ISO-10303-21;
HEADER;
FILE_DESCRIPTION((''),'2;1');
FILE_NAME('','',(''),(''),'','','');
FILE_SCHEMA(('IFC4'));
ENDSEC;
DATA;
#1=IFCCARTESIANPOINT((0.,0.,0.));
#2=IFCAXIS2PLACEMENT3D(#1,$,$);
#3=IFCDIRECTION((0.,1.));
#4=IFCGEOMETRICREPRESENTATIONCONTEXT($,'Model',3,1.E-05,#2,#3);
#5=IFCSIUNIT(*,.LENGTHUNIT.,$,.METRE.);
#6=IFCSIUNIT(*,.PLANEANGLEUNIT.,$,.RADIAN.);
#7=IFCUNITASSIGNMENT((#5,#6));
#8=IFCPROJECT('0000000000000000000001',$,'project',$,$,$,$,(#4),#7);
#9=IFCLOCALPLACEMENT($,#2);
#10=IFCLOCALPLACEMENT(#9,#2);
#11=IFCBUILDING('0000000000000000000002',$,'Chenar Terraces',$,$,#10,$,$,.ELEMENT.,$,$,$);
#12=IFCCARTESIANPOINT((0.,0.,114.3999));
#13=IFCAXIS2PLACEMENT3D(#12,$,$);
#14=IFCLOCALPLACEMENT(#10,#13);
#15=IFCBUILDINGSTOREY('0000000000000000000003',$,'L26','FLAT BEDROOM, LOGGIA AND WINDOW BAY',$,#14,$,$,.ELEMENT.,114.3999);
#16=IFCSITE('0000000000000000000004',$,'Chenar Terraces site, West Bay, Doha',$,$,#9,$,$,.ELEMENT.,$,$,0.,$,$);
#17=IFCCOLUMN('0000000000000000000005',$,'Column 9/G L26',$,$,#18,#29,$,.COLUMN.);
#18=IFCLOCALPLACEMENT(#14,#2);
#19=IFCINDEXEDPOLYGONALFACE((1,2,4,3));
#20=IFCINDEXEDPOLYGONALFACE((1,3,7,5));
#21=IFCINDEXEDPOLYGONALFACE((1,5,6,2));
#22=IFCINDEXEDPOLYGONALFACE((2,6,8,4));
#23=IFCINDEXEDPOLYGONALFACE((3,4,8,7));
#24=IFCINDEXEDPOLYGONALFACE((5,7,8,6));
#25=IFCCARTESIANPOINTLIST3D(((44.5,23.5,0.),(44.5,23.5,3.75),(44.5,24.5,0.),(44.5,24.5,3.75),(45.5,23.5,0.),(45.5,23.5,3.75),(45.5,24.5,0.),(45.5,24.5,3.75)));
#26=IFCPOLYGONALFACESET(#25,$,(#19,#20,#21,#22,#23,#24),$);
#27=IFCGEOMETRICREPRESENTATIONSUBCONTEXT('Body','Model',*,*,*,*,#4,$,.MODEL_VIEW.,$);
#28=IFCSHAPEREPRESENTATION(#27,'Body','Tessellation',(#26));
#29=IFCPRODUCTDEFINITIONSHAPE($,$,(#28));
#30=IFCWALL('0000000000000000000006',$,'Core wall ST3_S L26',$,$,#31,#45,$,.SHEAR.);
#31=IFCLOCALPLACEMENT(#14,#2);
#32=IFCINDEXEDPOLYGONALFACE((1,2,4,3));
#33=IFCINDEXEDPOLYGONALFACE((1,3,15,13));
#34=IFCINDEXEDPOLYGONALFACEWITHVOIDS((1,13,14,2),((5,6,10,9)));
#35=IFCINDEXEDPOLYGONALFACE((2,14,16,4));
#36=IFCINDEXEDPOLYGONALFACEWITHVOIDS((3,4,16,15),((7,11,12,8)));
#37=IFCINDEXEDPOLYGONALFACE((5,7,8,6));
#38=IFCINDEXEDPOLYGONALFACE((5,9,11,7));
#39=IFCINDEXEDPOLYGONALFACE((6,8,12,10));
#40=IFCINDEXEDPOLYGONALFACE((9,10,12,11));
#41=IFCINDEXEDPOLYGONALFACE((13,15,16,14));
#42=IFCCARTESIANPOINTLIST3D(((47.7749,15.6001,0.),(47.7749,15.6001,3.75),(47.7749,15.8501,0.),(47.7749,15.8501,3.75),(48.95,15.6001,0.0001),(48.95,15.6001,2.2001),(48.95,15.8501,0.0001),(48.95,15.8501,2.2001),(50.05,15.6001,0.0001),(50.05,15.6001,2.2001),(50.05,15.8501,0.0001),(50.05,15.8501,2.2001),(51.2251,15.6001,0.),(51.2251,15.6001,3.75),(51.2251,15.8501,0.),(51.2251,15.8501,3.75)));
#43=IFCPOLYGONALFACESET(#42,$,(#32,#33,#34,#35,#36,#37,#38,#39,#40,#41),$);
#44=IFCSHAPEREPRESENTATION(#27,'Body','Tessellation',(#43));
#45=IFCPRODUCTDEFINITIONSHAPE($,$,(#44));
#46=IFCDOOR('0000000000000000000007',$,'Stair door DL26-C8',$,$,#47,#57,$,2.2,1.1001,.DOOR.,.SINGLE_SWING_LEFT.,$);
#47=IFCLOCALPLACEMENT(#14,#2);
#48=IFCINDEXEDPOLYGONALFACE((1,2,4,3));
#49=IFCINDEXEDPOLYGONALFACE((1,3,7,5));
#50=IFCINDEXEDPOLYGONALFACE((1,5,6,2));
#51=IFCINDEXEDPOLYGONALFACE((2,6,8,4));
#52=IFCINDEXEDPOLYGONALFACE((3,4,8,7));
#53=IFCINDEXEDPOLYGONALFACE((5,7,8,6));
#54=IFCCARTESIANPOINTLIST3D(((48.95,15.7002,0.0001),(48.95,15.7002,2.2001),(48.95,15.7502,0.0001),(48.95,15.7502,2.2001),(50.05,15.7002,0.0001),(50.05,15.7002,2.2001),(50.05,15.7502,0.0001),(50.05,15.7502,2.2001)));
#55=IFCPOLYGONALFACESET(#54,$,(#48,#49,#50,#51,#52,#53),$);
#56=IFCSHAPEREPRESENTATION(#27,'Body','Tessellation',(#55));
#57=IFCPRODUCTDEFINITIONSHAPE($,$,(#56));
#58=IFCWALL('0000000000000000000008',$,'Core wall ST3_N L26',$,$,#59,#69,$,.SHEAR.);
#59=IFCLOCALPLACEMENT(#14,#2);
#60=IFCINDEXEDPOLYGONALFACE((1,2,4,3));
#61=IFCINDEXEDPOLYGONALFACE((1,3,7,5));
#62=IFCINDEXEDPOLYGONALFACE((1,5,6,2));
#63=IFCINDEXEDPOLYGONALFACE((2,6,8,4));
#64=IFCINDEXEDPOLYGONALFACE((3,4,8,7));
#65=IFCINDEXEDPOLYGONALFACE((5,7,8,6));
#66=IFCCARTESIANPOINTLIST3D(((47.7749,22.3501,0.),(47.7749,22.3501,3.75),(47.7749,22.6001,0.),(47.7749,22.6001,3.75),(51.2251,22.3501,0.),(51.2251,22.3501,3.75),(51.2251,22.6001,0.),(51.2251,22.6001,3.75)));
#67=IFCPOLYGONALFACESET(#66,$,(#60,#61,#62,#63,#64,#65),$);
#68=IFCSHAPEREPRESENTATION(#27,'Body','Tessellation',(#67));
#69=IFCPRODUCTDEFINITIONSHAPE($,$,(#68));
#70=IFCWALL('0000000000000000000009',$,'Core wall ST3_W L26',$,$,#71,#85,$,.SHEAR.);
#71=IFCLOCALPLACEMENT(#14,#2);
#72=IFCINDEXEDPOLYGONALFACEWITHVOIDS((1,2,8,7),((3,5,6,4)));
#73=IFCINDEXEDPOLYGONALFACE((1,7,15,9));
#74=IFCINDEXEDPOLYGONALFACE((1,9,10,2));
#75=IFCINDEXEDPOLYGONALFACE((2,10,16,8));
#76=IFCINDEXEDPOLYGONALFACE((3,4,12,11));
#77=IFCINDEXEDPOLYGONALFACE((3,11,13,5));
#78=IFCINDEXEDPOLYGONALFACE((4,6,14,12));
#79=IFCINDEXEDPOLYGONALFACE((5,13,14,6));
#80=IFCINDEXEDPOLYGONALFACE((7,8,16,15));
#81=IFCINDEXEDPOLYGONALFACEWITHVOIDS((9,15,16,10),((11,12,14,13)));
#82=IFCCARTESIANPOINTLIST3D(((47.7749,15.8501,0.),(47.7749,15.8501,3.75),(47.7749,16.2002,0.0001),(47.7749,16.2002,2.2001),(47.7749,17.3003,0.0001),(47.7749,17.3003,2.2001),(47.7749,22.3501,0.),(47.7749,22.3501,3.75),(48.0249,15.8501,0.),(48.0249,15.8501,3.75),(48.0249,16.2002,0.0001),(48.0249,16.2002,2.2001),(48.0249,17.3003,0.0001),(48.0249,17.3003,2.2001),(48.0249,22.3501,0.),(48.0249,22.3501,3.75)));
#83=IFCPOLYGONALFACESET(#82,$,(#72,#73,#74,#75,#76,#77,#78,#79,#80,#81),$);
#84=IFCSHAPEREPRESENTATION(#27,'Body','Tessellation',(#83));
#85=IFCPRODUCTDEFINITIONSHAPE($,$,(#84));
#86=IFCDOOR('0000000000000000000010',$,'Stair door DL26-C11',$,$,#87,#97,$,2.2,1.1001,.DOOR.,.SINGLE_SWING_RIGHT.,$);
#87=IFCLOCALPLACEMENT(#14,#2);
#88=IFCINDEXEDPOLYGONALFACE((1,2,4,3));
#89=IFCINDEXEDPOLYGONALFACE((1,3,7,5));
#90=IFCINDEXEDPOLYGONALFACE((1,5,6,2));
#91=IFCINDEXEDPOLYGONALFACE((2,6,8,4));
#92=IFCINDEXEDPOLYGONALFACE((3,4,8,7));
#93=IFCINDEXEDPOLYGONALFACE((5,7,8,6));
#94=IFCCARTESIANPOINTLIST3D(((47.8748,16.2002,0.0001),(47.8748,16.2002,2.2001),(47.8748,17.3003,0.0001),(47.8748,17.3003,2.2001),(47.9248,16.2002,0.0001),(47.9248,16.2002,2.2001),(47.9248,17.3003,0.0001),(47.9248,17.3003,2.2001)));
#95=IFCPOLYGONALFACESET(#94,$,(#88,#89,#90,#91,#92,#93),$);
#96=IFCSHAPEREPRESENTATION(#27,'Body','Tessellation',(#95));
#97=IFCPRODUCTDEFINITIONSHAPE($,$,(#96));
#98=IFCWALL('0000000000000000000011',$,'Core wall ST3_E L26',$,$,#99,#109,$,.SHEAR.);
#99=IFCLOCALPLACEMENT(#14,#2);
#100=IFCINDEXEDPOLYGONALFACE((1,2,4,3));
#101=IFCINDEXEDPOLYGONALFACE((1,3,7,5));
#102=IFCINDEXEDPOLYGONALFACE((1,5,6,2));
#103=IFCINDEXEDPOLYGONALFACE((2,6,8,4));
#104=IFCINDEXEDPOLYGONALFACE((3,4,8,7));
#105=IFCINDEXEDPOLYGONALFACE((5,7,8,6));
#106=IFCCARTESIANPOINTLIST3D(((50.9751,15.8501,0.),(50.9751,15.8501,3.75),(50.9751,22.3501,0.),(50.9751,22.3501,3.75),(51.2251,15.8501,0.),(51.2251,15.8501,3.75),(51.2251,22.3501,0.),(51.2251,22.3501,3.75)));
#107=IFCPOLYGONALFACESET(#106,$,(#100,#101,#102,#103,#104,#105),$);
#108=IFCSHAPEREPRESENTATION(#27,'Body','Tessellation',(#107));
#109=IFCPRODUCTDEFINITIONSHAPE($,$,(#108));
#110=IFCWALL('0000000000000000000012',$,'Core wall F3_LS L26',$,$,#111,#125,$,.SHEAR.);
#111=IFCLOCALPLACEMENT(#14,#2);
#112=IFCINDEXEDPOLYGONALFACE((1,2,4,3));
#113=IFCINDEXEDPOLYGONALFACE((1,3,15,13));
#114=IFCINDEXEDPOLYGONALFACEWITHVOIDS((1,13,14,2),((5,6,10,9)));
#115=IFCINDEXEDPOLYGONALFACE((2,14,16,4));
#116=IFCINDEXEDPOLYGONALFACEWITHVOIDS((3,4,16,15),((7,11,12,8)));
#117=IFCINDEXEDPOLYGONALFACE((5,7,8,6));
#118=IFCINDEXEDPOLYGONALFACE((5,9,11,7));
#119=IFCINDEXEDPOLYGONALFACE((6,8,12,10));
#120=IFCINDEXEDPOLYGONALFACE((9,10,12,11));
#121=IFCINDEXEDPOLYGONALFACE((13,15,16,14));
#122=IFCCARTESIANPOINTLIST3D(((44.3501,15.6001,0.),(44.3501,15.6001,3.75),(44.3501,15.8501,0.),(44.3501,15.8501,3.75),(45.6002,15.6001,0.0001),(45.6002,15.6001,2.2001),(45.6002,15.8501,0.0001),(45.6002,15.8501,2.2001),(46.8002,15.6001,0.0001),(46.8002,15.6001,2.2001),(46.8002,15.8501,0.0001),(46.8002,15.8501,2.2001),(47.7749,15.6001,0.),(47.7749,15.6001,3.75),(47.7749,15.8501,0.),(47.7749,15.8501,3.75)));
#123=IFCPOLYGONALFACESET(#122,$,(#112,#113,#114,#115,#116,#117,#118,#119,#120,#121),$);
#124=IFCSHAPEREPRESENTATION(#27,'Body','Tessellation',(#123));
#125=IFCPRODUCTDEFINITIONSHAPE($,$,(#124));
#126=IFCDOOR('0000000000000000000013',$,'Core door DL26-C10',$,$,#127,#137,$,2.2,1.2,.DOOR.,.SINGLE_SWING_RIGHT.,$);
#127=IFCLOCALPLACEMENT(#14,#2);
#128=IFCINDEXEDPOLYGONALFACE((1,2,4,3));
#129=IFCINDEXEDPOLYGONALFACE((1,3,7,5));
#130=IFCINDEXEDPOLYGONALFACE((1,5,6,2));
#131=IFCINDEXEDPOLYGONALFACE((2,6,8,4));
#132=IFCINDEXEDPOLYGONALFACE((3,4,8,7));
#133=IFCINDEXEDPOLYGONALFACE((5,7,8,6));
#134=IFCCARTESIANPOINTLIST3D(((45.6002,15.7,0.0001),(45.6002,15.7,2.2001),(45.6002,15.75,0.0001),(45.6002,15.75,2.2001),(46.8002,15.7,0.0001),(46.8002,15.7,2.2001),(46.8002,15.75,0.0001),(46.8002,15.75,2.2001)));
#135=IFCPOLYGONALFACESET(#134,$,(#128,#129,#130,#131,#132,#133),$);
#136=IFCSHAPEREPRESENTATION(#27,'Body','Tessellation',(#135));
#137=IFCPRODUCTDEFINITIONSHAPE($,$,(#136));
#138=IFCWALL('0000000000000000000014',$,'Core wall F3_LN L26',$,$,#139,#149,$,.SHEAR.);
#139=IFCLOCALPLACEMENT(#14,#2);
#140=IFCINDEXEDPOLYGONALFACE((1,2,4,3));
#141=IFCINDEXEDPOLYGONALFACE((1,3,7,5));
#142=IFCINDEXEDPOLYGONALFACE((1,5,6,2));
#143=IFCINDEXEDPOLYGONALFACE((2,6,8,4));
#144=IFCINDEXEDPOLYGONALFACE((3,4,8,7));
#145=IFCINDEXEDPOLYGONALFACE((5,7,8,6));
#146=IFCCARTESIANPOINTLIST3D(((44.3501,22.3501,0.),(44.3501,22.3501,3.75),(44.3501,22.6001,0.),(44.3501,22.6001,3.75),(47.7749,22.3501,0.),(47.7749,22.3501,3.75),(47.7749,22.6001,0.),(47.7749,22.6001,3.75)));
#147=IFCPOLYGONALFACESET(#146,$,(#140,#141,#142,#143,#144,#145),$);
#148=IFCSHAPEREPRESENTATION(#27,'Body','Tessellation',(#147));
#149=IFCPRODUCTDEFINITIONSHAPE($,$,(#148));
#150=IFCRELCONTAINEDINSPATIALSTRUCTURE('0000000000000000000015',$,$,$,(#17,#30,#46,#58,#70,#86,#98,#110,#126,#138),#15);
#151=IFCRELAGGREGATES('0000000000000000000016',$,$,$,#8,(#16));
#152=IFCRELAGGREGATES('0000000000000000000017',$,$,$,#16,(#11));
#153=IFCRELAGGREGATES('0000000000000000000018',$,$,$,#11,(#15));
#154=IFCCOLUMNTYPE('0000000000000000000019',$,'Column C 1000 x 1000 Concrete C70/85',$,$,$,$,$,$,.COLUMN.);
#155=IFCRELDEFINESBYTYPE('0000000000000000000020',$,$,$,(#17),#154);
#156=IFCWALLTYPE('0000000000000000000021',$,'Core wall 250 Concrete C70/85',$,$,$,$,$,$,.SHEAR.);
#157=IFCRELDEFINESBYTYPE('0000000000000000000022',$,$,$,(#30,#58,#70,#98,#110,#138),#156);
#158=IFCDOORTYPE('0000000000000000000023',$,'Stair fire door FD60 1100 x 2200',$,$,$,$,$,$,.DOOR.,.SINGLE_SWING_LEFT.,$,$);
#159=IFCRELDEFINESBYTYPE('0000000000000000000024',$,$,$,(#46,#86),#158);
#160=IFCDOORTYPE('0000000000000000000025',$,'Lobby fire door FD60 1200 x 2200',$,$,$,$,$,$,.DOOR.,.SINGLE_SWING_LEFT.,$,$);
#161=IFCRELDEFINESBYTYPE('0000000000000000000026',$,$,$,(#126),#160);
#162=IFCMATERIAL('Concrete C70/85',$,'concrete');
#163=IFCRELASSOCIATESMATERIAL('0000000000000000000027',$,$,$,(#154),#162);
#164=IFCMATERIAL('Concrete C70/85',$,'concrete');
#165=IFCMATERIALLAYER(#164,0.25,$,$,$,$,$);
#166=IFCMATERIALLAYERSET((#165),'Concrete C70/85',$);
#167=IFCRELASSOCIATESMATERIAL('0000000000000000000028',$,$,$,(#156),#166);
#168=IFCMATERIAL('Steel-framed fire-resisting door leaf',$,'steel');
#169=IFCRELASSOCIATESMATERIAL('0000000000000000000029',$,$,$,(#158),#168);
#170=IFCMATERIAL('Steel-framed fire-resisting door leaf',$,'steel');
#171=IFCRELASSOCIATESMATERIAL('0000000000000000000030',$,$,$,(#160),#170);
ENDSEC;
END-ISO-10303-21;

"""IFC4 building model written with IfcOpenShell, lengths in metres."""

from ifc_helpers import new_model, si_unit, direction, frame, frame_2d, origin, origin_2d, place, context, subcontext, project, spatial, rectangle, extrude, material, layer, layer_set, material_profile, profile_set, type_object, element, fill, save


model = new_model("IFC4")

# Units and contexts
model_context = context("Model", 3, precision=1e-05, world=origin(), true_north=direction((0.0, 1.0)))
body_context = subcontext(model_context, "Body", "Model", "MODEL_VIEW")
ifc_project = project(units=[si_unit("LENGTHUNIT", "METRE"), si_unit("PLANEANGLEUNIT", "RADIAN")], contexts=[model_context])

# Site, building, storey
site_placement = place(None, origin())
site = spatial("IfcSite", under=ifc_project, at=site_placement, Name="Chenar Terraces site, West Bay, Doha", CompositionType="ELEMENT", RefElevation=0.0)
building_placement = place(site_placement, origin())
building = spatial("IfcBuilding", under=site, at=building_placement, Name="Chenar Terraces", CompositionType="ELEMENT")
storey_placement = place(building_placement, frame((0.0, 0.0, 114.3999)))
storey = spatial("IfcBuildingStorey", under=building, at=storey_placement, Name="L26", Description="FLAT BEDROOM, LOGGIA AND WINDOW BAY", CompositionType="ELEMENT", Elevation=114.3999)

# Column
ifc_material_1 = material(Name="Concrete C70/85", Category="concrete")
ifc_material_profile_1 = material_profile(ifc_material_1, rectangle(XDim=1.0, YDim=1.0, at=origin_2d()), Name="C 1000 x 1000")
ifc_profile_set_1 = profile_set([ifc_material_profile_1], Name="Concrete C70/85")
column_type = type_object("IfcColumnType", Name="Column C 1000 x 1000 Concrete C70/85", PredefinedType="COLUMN", material=ifc_profile_set_1)
column_placement = place(storey_placement, frame((45.0, 24.0, 0.0), z_axis=(0.0, 0.0, 1.0), x_axis=(1.0, 0.0, 0.0)))
element("IfcColumn", 1, at=column_placement, inside=storey, type_object=column_type, Name="Column 9/G L26", PredefinedType="COLUMN", context=body_context, shape_type="SweptSolid", body=[
    extrude(rectangle(XDim=1.0, YDim=1.0, at=origin_2d()), origin(), (0.0, 0.0, 1.0), 3.75),
])

# Wall, opening, door
ifc_material_2 = material(Name="Concrete C70/85", Category="concrete")
ifc_layer_1 = layer(ifc_material_2, 0.25)
ifc_layer_set_1 = layer_set([ifc_layer_1], Name="Concrete C70/85")
wall_type_1 = type_object("IfcWallType", Name="Core wall 250 Concrete C70/85", PredefinedType="SHEAR", material=ifc_layer_set_1)
wall_1_placement = place(storey_placement, frame((47.7749, 15.7251, 0.0), z_axis=(0.0, 0.0, 1.0), x_axis=(1.0, 0.0, 0.0)))
wall_1 = element("IfcWall", 2, at=wall_1_placement, inside=storey, type_object=wall_type_1, Name="Core wall ST3_S L26", PredefinedType="SHEAR", context=body_context, shape_type="SweptSolid", body=[
    extrude(rectangle(XDim=3.4502, YDim=0.25, at=frame_2d((1.7251, 0.0))), origin(), (0.0, 0.0, 1.0), 3.75),
])
opening_1_placement = place(wall_1_placement, frame((1.175, 0.0, 0.0)))
opening_1 = element("IfcOpeningElement", 3, at=opening_1_placement, cuts=wall_1, PredefinedType="OPENING", context=body_context, shape_type="SweptSolid", body=[
    extrude(rectangle(XDim=1.1001, YDim=2.2, at=frame_2d((0.55, 1.1001))), frame((0.0, 0.135, 0.0), z_axis=(0.0, -1.0, 0.0), x_axis=(1.0, 0.0, 0.0)), (0.0, 0.0, 1.0), 0.27),
])
ifc_material_3 = material(Name="Steel-framed fire-resisting door leaf", Category="steel")
door_type_1 = type_object("IfcDoorType", Name="Stair fire door FD60 1100 x 2200", OperationType="SINGLE_SWING_LEFT", PredefinedType="DOOR", material=ifc_material_3)
door_1_placement = place(opening_1_placement, frame((1.1001, 0.0, 0.0), z_axis=(0.0, 0.0, 1.0), x_axis=(-1.0, 0.0, 0.0)))
door_1 = element("IfcDoor", 4, at=door_1_placement, inside=storey, type_object=door_type_1, Name="Stair door DL26-C8", OperationType="SINGLE_SWING_LEFT", OverallHeight=2.2, OverallWidth=1.1001, PredefinedType="DOOR", context=body_context, shape_type="SweptSolid", body=[
    extrude(rectangle(XDim=1.1001, YDim=2.2, at=frame_2d((0.55, 1.1001))), frame((0.0, 0.0249, 0.0), z_axis=(0.0, -1.0, 0.0), x_axis=(1.0, 0.0, 0.0)), (0.0, 0.0, 1.0), 0.05),
])
fill(opening_1, door_1)

# Wall
wall_2_placement = place(storey_placement, frame((47.7749, 22.4751, 0.0), z_axis=(0.0, 0.0, 1.0), x_axis=(1.0, 0.0, 0.0)))
element("IfcWall", 5, at=wall_2_placement, inside=storey, type_object=wall_type_1, Name="Core wall ST3_N L26", PredefinedType="SHEAR", context=body_context, shape_type="SweptSolid", body=[
    extrude(rectangle(XDim=3.4502, YDim=0.25, at=frame_2d((1.7251, 0.0))), origin(), (0.0, 0.0, 1.0), 3.75),
])

# Wall, opening, door
wall_3_placement = place(storey_placement, frame((47.8999, 15.8501, 0.0), z_axis=(0.0, 0.0, 1.0), x_axis=(0.0, 1.0, 0.0)))
wall_3 = element("IfcWall", 6, at=wall_3_placement, inside=storey, type_object=wall_type_1, Name="Core wall ST3_W L26", PredefinedType="SHEAR", context=body_context, shape_type="SweptSolid", body=[
    extrude(rectangle(XDim=6.5, YDim=0.25, at=frame_2d((3.25, 0.0))), origin(), (0.0, 0.0, 1.0), 3.75),
])
opening_2_placement = place(wall_3_placement, frame((0.3501, 0.0, 0.0)))
opening_2 = element("IfcOpeningElement", 7, at=opening_2_placement, cuts=wall_3, PredefinedType="OPENING", context=body_context, shape_type="SweptSolid", body=[
    extrude(rectangle(XDim=1.1001, YDim=2.2, at=frame_2d((0.55, 1.1001))), frame((0.0, 0.135, 0.0), z_axis=(0.0, -1.0, 0.0), x_axis=(1.0, 0.0, 0.0)), (0.0, 0.0, 1.0), 0.27),
])
door_2_placement = place(opening_2_placement, frame((1.1001, 0.0, 0.0), z_axis=(0.0, 0.0, 1.0), x_axis=(-1.0, 0.0, 0.0)))
door_2 = element("IfcDoor", 8, at=door_2_placement, inside=storey, type_object=door_type_1, Name="Stair door DL26-C11", OperationType="SINGLE_SWING_RIGHT", OverallHeight=2.2, OverallWidth=1.1001, PredefinedType="DOOR", context=body_context, shape_type="SweptSolid", body=[
    extrude(rectangle(XDim=1.1001, YDim=2.2, at=frame_2d((0.55, 1.1001))), frame((0.0, 0.0249, 0.0), z_axis=(0.0, -1.0, 0.0), x_axis=(1.0, 0.0, 0.0)), (0.0, 0.0, 1.0), 0.05),
])
fill(opening_2, door_2)

# Wall
wall_4_placement = place(storey_placement, frame((51.1001, 15.8501, 0.0), z_axis=(0.0, 0.0, 1.0), x_axis=(0.0, 1.0, 0.0)))
element("IfcWall", 9, at=wall_4_placement, inside=storey, type_object=wall_type_1, Name="Core wall ST3_E L26", PredefinedType="SHEAR", context=body_context, shape_type="SweptSolid", body=[
    extrude(rectangle(XDim=6.5, YDim=0.25, at=frame_2d((3.25, 0.0))), origin(), (0.0, 0.0, 1.0), 3.75),
])

# Wall, opening, door
wall_5_placement = place(storey_placement, frame((44.3501, 15.7251, 0.0), z_axis=(0.0, 0.0, 1.0), x_axis=(1.0, 0.0, 0.0)))
wall_5 = element("IfcWall", 10, at=wall_5_placement, inside=storey, type_object=wall_type_1, Name="Core wall F3_LS L26", PredefinedType="SHEAR", context=body_context, shape_type="SweptSolid", body=[
    extrude(rectangle(XDim=3.4248, YDim=0.25, at=frame_2d((1.7124, 0.0))), origin(), (0.0, 0.0, 1.0), 3.75),
])
opening_3_placement = place(wall_5_placement, frame((1.25, 0.0, 0.0)))
opening_3 = element("IfcOpeningElement", 11, at=opening_3_placement, cuts=wall_5, PredefinedType="OPENING", context=body_context, shape_type="SweptSolid", body=[
    extrude(rectangle(XDim=1.2, YDim=2.2, at=frame_2d((0.6001, 1.1001))), frame((0.0, 0.135, 0.0), z_axis=(0.0, -1.0, 0.0), x_axis=(1.0, 0.0, 0.0)), (0.0, 0.0, 1.0), 0.27),
])
ifc_material_4 = material(Name="Steel-framed fire-resisting door leaf", Category="steel")
door_type_2 = type_object("IfcDoorType", Name="Lobby fire door FD60 1200 x 2200", OperationType="SINGLE_SWING_LEFT", PredefinedType="DOOR", material=ifc_material_4)
door_3_placement = place(opening_3_placement, origin())
door_3 = element("IfcDoor", 12, at=door_3_placement, inside=storey, type_object=door_type_2, Name="Core door DL26-C10", OperationType="SINGLE_SWING_RIGHT", OverallHeight=2.2, OverallWidth=1.2, PredefinedType="DOOR", context=body_context, shape_type="SweptSolid", body=[
    extrude(rectangle(XDim=1.2, YDim=2.2, at=frame_2d((0.6001, 1.1001))), frame((0.0, 0.0249, 0.0), z_axis=(0.0, -1.0, 0.0), x_axis=(1.0, 0.0, 0.0)), (0.0, 0.0, 1.0), 0.05),
])
fill(opening_3, door_3)

# Wall
wall_6_placement = place(storey_placement, frame((44.3501, 22.4751, 0.0), z_axis=(0.0, 0.0, 1.0), x_axis=(1.0, 0.0, 0.0)))
element("IfcWall", 13, at=wall_6_placement, inside=storey, type_object=wall_type_1, Name="Core wall F3_LN L26", PredefinedType="SHEAR", context=body_context, shape_type="SweptSolid", body=[
    extrude(rectangle(XDim=3.4248, YDim=0.25, at=frame_2d((1.7124, 0.0))), origin(), (0.0, 0.0, 1.0), 3.75),
])

save(model, "model.ifc")
